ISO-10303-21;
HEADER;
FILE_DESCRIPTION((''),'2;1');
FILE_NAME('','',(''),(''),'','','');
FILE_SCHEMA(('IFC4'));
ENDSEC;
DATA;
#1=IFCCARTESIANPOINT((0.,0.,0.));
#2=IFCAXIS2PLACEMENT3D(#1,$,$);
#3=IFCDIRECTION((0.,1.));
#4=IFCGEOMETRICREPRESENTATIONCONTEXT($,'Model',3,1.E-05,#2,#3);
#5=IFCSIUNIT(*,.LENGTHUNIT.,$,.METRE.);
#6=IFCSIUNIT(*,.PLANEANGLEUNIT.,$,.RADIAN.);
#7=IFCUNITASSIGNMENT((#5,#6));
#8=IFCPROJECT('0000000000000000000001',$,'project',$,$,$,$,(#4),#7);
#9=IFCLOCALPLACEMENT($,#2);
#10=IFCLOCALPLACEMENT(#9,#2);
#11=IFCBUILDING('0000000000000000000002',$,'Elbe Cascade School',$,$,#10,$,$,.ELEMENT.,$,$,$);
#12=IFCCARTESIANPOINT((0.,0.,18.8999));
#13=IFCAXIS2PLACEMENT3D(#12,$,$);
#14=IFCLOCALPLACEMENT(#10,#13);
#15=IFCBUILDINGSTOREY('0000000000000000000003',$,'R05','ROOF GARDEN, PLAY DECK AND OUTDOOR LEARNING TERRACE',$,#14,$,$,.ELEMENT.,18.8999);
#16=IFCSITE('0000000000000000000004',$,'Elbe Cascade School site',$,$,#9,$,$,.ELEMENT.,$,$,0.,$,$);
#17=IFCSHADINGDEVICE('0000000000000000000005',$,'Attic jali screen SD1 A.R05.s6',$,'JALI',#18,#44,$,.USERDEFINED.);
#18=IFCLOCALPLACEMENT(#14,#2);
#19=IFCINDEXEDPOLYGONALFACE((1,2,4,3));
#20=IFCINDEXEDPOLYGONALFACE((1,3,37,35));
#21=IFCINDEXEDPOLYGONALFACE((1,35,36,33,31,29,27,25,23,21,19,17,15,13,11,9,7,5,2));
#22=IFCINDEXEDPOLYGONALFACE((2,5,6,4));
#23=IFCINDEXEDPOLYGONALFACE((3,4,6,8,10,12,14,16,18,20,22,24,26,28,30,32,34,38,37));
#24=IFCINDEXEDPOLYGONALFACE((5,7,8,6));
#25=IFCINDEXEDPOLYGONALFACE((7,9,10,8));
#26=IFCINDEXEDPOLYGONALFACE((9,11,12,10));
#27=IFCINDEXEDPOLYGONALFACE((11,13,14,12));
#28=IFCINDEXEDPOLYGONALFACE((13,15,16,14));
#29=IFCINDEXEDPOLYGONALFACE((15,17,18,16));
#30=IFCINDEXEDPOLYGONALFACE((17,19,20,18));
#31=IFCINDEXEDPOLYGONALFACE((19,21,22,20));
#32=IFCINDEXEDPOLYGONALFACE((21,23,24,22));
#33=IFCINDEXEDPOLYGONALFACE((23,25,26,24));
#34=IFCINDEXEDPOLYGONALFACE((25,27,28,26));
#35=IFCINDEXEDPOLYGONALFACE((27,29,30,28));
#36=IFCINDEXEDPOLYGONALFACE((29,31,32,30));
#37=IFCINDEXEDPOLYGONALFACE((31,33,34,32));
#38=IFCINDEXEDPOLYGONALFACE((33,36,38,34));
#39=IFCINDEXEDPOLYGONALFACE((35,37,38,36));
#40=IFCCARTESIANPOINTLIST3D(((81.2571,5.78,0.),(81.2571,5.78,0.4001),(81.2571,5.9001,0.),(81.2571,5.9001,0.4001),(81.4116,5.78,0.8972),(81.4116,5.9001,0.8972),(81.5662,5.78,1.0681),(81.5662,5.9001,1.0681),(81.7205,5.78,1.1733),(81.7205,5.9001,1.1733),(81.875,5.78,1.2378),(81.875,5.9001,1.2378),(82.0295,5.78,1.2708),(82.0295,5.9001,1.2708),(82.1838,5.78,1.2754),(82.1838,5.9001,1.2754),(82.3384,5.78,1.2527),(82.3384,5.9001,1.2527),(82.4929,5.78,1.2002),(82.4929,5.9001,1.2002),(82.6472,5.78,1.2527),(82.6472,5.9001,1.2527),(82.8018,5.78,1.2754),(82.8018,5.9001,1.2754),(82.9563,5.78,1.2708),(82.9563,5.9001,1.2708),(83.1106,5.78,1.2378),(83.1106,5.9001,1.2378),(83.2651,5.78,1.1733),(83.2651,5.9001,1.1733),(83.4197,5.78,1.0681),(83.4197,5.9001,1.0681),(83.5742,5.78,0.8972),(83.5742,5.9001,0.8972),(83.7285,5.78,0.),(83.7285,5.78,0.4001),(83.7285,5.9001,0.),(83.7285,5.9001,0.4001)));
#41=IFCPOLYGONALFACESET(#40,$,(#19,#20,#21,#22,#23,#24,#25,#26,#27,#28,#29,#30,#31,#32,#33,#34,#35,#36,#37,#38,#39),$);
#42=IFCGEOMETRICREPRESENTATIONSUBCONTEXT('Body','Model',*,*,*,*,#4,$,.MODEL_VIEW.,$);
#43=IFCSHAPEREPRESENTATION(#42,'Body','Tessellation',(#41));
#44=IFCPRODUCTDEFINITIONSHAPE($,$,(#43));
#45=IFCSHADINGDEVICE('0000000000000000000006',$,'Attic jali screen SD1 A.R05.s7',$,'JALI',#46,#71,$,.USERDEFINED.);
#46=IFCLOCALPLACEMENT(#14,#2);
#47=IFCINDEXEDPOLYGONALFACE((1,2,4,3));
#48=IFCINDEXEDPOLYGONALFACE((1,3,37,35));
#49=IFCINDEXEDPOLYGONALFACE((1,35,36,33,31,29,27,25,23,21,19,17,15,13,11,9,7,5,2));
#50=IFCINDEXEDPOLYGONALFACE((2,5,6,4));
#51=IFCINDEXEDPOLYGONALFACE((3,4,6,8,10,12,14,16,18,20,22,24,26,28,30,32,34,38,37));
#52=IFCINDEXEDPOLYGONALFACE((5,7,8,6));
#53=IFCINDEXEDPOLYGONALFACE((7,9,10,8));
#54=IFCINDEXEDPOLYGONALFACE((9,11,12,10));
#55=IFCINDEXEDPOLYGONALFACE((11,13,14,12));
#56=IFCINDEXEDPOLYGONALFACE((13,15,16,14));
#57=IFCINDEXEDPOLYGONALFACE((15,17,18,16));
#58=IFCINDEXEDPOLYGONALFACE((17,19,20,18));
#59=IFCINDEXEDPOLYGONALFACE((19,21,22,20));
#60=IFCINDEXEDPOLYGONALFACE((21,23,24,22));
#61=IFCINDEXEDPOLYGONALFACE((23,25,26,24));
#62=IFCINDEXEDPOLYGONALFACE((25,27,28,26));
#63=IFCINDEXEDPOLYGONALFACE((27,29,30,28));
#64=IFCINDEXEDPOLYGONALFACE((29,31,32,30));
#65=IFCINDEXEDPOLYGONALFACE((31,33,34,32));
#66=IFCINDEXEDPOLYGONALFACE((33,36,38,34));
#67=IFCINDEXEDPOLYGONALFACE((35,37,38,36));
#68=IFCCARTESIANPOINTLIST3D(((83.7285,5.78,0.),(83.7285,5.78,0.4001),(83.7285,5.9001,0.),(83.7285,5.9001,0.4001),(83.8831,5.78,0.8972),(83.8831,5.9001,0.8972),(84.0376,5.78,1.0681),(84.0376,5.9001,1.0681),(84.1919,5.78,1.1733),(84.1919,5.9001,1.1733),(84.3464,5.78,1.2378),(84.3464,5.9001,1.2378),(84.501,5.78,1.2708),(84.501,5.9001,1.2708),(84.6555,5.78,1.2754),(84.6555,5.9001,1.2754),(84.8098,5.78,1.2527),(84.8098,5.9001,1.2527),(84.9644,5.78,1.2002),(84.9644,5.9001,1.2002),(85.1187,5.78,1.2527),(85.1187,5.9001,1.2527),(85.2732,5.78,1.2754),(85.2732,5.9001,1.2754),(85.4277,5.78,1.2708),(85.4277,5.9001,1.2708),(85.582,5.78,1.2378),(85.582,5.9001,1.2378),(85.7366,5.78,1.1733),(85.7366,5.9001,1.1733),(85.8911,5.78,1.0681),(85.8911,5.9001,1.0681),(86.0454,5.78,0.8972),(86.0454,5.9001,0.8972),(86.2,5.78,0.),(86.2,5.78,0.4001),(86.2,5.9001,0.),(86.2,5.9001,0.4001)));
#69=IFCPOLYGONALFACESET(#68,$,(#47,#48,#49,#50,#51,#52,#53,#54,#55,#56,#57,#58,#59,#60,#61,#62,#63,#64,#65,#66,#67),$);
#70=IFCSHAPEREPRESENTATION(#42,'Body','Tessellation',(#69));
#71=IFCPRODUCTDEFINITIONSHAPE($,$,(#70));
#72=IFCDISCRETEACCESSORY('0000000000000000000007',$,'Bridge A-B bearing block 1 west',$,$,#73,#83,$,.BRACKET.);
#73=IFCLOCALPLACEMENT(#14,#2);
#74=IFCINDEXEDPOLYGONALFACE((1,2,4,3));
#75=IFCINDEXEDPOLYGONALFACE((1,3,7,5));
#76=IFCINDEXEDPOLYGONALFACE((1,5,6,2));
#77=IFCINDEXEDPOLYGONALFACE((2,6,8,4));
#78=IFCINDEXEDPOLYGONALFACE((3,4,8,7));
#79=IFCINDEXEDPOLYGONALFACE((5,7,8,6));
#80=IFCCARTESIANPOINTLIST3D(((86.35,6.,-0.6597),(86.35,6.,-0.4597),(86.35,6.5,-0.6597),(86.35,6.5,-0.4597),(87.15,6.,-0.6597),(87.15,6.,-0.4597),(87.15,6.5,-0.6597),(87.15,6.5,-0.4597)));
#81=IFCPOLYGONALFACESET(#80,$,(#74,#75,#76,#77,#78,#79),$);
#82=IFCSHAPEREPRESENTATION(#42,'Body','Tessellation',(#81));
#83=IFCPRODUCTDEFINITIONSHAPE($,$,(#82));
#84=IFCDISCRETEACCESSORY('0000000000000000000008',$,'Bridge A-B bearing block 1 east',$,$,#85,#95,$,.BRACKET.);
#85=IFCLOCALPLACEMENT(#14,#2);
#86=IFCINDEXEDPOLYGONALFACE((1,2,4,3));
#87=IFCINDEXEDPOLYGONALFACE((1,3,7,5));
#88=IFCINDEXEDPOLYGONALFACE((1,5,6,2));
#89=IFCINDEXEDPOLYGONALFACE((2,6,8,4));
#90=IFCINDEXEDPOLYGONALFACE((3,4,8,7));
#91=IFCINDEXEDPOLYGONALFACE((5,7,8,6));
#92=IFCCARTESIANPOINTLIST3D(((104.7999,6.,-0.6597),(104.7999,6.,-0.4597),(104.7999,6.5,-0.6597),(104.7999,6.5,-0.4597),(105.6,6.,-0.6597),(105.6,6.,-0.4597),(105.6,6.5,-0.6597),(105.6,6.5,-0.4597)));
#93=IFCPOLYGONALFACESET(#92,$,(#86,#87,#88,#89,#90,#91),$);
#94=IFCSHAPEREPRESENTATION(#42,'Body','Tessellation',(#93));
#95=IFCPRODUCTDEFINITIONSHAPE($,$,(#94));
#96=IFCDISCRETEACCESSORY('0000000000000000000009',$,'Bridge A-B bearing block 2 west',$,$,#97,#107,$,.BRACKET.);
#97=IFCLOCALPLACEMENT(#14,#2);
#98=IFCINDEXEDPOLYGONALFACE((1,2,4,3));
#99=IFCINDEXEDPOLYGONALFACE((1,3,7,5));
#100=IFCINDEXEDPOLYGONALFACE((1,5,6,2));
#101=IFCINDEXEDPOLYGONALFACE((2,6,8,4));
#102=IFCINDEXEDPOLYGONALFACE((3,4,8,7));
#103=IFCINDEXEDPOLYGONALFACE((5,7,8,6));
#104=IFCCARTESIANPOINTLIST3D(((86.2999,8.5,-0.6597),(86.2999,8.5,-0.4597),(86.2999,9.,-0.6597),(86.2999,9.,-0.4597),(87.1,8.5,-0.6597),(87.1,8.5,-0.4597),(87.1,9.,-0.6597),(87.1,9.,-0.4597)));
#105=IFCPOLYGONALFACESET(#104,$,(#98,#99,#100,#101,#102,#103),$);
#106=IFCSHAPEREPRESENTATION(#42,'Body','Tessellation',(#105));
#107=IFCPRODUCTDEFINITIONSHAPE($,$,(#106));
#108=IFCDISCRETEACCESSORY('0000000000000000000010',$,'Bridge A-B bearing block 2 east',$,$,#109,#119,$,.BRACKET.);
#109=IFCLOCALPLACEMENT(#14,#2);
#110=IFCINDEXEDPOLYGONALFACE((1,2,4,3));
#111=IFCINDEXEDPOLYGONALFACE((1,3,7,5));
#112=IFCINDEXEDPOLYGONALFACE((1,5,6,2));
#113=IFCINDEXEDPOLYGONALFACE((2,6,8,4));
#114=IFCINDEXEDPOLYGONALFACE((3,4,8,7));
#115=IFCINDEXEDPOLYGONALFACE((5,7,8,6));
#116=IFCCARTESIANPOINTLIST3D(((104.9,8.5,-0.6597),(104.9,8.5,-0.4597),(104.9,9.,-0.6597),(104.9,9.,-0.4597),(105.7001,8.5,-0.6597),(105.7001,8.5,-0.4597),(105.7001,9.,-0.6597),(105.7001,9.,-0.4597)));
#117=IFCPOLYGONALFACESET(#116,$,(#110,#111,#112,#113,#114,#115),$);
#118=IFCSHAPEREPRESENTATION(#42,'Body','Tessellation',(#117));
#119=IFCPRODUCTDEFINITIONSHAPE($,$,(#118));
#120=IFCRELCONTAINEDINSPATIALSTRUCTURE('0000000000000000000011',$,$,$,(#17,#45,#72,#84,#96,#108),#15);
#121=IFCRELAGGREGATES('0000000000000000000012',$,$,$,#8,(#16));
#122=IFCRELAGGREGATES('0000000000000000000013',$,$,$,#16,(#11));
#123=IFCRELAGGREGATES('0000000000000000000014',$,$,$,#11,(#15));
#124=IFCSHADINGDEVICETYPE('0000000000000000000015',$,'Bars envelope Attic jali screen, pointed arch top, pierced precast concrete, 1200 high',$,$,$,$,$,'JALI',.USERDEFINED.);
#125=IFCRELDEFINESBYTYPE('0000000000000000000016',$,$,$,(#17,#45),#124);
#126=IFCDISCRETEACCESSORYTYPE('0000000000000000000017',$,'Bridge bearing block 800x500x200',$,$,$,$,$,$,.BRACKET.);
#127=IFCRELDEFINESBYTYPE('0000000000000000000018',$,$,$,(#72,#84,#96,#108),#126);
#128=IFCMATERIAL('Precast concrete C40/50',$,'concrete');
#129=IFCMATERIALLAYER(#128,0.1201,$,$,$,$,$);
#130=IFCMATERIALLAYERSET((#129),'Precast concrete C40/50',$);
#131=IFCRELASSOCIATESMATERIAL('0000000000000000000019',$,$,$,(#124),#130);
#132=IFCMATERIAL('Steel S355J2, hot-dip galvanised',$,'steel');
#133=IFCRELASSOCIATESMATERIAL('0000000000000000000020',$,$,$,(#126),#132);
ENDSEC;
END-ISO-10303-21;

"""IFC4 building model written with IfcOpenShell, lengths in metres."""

from ifc_helpers import new_model, si_unit, direction, frame, origin, origin_2d, place, context, subcontext, project, spatial, polyline, rectangle, outline, extrude, material, layer, layer_set, type_object, element, save


model = new_model("IFC4")

# Units and contexts
model_context = context("Model", 3, precision=1e-05, world=origin(), true_north=direction((0.0, 1.0)))
body_context = subcontext(model_context, "Body", "Model", "MODEL_VIEW")
ifc_project = project(units=[si_unit("LENGTHUNIT", "METRE"), si_unit("PLANEANGLEUNIT", "RADIAN")], contexts=[model_context])

# Site, building, storey
site_placement = place(None, origin())
site = spatial("IfcSite", under=ifc_project, at=site_placement, Name="Elbe Cascade School site", CompositionType="ELEMENT", RefElevation=0.0)
building_placement = place(site_placement, origin())
building = spatial("IfcBuilding", under=site, at=building_placement, Name="Elbe Cascade School", CompositionType="ELEMENT")
storey_placement = place(building_placement, frame((0.0, 0.0, 18.8999)))
storey = spatial("IfcBuildingStorey", under=building, at=storey_placement, Name="R05", Description="ROOF GARDEN, PLAY DECK AND OUTDOOR LEARNING TERRACE", CompositionType="ELEMENT", Elevation=18.8999)

# Shading devices
ifc_material_1 = material(Name="Precast concrete C40/50", Category="concrete")
ifc_layer_1 = layer(ifc_material_1, 0.1201)
ifc_layer_set_1 = layer_set([ifc_layer_1], Name="Precast concrete C40/50")
shading_device_type = type_object("IfcShadingDeviceType", Name="Bars envelope Attic jali screen, pointed arch top, pierced precast concrete, 1200 high", ElementType="JALI", PredefinedType="USERDEFINED", material=ifc_layer_set_1)
shading_device_1_placement = place(storey_placement, frame((81.2571, 5.78, 0.0), z_axis=(0.0, -1.0, 0.0), x_axis=(1.0, 0.0, 0.0)))
element("IfcShadingDevice", 1, at=shading_device_1_placement, inside=storey, type_object=shading_device_type, Name="Attic jali screen SD1 A.R05.s6", ObjectType="JALI", PredefinedType="USERDEFINED", context=body_context, shape_type="SweptSolid", body=[
    extrude(outline(polyline([(0.0, 0.0), (2.4714, 0.0), (2.4714, 0.4001), (2.3171, 0.8972), (2.1626, 1.0681), (2.0081, 1.1733), (1.8535, 1.2378), (1.6992, 1.2708), (1.5447, 1.2754), (1.3901, 1.2527), (1.2358, 1.2002), (1.0813, 1.2527), (0.9268, 1.2754), (0.7725, 1.2708), (0.6179, 1.2378), (0.4634, 1.1733), (0.3091, 1.0681), (0.1545, 0.8972), (0.0, 0.4001), (0.0, 0.0)])), origin(), (0.0, 0.0, -1.0), 0.1201),
])
shading_device_2_placement = place(storey_placement, frame((83.7285, 5.78, 0.0), z_axis=(0.0, -1.0, 0.0), x_axis=(1.0, 0.0, 0.0)))
element("IfcShadingDevice", 2, at=shading_device_2_placement, inside=storey, type_object=shading_device_type, Name="Attic jali screen SD1 A.R05.s7", ObjectType="JALI", PredefinedType="USERDEFINED", context=body_context, shape_type="SweptSolid", body=[
    extrude(outline(polyline([(0.0, 0.0), (2.4714, 0.0), (2.4714, 0.4001), (2.3169, 0.8972), (2.1626, 1.0681), (2.0081, 1.1733), (1.8535, 1.2378), (1.6992, 1.2708), (1.5447, 1.2754), (1.3901, 1.2527), (1.2358, 1.2002), (1.0813, 1.2527), (0.927, 1.2754), (0.7725, 1.2708), (0.6179, 1.2378), (0.4634, 1.1733), (0.3091, 1.0681), (0.1545, 0.8972), (0.0, 0.4001), (0.0, 0.0)])), origin(), (0.0, 0.0, -1.0), 0.1201),
])

# Discrete accessories
ifc_material_2 = material(Name="Steel S355J2, hot-dip galvanised", Category="steel")
discrete_accessory_type = type_object("IfcDiscreteAccessoryType", Name="Bridge bearing block 800x500x200", PredefinedType="BRACKET", material=ifc_material_2)
for number, where, z_axis, x_axis, name in (
    (3, (86.75, 6.25, -0.6597), (0.0, 0.0, 1.0), (1.0, 0.0, 0.0), "Bridge A-B bearing block 1 west"),
    (4, (105.2, 6.25, -0.6597), (0.0, 0.0, 1.0), (1.0, 0.0, 0.0), "Bridge A-B bearing block 1 east"),
    (5, (86.7, 8.75, -0.6597), (0.0, 0.0, 1.0), (1.0, 0.0, 0.0), "Bridge A-B bearing block 2 west"),
    (6, (105.3, 8.75, -0.6597), (0.0, 0.0, 1.0), (1.0, 0.0, 0.0), "Bridge A-B bearing block 2 east"),
):
    element("IfcDiscreteAccessory", number, at=place(storey_placement, frame(where, z_axis=z_axis, x_axis=x_axis)), inside=storey, type_object=discrete_accessory_type, Name=name, PredefinedType="BRACKET", context=body_context, shape_type="SweptSolid", body=[
        extrude(rectangle(XDim=0.8, YDim=0.5, at=origin_2d()), origin(), (0.0, 0.0, 1.0), 0.2),
    ])

save(model, "model.ifc")
